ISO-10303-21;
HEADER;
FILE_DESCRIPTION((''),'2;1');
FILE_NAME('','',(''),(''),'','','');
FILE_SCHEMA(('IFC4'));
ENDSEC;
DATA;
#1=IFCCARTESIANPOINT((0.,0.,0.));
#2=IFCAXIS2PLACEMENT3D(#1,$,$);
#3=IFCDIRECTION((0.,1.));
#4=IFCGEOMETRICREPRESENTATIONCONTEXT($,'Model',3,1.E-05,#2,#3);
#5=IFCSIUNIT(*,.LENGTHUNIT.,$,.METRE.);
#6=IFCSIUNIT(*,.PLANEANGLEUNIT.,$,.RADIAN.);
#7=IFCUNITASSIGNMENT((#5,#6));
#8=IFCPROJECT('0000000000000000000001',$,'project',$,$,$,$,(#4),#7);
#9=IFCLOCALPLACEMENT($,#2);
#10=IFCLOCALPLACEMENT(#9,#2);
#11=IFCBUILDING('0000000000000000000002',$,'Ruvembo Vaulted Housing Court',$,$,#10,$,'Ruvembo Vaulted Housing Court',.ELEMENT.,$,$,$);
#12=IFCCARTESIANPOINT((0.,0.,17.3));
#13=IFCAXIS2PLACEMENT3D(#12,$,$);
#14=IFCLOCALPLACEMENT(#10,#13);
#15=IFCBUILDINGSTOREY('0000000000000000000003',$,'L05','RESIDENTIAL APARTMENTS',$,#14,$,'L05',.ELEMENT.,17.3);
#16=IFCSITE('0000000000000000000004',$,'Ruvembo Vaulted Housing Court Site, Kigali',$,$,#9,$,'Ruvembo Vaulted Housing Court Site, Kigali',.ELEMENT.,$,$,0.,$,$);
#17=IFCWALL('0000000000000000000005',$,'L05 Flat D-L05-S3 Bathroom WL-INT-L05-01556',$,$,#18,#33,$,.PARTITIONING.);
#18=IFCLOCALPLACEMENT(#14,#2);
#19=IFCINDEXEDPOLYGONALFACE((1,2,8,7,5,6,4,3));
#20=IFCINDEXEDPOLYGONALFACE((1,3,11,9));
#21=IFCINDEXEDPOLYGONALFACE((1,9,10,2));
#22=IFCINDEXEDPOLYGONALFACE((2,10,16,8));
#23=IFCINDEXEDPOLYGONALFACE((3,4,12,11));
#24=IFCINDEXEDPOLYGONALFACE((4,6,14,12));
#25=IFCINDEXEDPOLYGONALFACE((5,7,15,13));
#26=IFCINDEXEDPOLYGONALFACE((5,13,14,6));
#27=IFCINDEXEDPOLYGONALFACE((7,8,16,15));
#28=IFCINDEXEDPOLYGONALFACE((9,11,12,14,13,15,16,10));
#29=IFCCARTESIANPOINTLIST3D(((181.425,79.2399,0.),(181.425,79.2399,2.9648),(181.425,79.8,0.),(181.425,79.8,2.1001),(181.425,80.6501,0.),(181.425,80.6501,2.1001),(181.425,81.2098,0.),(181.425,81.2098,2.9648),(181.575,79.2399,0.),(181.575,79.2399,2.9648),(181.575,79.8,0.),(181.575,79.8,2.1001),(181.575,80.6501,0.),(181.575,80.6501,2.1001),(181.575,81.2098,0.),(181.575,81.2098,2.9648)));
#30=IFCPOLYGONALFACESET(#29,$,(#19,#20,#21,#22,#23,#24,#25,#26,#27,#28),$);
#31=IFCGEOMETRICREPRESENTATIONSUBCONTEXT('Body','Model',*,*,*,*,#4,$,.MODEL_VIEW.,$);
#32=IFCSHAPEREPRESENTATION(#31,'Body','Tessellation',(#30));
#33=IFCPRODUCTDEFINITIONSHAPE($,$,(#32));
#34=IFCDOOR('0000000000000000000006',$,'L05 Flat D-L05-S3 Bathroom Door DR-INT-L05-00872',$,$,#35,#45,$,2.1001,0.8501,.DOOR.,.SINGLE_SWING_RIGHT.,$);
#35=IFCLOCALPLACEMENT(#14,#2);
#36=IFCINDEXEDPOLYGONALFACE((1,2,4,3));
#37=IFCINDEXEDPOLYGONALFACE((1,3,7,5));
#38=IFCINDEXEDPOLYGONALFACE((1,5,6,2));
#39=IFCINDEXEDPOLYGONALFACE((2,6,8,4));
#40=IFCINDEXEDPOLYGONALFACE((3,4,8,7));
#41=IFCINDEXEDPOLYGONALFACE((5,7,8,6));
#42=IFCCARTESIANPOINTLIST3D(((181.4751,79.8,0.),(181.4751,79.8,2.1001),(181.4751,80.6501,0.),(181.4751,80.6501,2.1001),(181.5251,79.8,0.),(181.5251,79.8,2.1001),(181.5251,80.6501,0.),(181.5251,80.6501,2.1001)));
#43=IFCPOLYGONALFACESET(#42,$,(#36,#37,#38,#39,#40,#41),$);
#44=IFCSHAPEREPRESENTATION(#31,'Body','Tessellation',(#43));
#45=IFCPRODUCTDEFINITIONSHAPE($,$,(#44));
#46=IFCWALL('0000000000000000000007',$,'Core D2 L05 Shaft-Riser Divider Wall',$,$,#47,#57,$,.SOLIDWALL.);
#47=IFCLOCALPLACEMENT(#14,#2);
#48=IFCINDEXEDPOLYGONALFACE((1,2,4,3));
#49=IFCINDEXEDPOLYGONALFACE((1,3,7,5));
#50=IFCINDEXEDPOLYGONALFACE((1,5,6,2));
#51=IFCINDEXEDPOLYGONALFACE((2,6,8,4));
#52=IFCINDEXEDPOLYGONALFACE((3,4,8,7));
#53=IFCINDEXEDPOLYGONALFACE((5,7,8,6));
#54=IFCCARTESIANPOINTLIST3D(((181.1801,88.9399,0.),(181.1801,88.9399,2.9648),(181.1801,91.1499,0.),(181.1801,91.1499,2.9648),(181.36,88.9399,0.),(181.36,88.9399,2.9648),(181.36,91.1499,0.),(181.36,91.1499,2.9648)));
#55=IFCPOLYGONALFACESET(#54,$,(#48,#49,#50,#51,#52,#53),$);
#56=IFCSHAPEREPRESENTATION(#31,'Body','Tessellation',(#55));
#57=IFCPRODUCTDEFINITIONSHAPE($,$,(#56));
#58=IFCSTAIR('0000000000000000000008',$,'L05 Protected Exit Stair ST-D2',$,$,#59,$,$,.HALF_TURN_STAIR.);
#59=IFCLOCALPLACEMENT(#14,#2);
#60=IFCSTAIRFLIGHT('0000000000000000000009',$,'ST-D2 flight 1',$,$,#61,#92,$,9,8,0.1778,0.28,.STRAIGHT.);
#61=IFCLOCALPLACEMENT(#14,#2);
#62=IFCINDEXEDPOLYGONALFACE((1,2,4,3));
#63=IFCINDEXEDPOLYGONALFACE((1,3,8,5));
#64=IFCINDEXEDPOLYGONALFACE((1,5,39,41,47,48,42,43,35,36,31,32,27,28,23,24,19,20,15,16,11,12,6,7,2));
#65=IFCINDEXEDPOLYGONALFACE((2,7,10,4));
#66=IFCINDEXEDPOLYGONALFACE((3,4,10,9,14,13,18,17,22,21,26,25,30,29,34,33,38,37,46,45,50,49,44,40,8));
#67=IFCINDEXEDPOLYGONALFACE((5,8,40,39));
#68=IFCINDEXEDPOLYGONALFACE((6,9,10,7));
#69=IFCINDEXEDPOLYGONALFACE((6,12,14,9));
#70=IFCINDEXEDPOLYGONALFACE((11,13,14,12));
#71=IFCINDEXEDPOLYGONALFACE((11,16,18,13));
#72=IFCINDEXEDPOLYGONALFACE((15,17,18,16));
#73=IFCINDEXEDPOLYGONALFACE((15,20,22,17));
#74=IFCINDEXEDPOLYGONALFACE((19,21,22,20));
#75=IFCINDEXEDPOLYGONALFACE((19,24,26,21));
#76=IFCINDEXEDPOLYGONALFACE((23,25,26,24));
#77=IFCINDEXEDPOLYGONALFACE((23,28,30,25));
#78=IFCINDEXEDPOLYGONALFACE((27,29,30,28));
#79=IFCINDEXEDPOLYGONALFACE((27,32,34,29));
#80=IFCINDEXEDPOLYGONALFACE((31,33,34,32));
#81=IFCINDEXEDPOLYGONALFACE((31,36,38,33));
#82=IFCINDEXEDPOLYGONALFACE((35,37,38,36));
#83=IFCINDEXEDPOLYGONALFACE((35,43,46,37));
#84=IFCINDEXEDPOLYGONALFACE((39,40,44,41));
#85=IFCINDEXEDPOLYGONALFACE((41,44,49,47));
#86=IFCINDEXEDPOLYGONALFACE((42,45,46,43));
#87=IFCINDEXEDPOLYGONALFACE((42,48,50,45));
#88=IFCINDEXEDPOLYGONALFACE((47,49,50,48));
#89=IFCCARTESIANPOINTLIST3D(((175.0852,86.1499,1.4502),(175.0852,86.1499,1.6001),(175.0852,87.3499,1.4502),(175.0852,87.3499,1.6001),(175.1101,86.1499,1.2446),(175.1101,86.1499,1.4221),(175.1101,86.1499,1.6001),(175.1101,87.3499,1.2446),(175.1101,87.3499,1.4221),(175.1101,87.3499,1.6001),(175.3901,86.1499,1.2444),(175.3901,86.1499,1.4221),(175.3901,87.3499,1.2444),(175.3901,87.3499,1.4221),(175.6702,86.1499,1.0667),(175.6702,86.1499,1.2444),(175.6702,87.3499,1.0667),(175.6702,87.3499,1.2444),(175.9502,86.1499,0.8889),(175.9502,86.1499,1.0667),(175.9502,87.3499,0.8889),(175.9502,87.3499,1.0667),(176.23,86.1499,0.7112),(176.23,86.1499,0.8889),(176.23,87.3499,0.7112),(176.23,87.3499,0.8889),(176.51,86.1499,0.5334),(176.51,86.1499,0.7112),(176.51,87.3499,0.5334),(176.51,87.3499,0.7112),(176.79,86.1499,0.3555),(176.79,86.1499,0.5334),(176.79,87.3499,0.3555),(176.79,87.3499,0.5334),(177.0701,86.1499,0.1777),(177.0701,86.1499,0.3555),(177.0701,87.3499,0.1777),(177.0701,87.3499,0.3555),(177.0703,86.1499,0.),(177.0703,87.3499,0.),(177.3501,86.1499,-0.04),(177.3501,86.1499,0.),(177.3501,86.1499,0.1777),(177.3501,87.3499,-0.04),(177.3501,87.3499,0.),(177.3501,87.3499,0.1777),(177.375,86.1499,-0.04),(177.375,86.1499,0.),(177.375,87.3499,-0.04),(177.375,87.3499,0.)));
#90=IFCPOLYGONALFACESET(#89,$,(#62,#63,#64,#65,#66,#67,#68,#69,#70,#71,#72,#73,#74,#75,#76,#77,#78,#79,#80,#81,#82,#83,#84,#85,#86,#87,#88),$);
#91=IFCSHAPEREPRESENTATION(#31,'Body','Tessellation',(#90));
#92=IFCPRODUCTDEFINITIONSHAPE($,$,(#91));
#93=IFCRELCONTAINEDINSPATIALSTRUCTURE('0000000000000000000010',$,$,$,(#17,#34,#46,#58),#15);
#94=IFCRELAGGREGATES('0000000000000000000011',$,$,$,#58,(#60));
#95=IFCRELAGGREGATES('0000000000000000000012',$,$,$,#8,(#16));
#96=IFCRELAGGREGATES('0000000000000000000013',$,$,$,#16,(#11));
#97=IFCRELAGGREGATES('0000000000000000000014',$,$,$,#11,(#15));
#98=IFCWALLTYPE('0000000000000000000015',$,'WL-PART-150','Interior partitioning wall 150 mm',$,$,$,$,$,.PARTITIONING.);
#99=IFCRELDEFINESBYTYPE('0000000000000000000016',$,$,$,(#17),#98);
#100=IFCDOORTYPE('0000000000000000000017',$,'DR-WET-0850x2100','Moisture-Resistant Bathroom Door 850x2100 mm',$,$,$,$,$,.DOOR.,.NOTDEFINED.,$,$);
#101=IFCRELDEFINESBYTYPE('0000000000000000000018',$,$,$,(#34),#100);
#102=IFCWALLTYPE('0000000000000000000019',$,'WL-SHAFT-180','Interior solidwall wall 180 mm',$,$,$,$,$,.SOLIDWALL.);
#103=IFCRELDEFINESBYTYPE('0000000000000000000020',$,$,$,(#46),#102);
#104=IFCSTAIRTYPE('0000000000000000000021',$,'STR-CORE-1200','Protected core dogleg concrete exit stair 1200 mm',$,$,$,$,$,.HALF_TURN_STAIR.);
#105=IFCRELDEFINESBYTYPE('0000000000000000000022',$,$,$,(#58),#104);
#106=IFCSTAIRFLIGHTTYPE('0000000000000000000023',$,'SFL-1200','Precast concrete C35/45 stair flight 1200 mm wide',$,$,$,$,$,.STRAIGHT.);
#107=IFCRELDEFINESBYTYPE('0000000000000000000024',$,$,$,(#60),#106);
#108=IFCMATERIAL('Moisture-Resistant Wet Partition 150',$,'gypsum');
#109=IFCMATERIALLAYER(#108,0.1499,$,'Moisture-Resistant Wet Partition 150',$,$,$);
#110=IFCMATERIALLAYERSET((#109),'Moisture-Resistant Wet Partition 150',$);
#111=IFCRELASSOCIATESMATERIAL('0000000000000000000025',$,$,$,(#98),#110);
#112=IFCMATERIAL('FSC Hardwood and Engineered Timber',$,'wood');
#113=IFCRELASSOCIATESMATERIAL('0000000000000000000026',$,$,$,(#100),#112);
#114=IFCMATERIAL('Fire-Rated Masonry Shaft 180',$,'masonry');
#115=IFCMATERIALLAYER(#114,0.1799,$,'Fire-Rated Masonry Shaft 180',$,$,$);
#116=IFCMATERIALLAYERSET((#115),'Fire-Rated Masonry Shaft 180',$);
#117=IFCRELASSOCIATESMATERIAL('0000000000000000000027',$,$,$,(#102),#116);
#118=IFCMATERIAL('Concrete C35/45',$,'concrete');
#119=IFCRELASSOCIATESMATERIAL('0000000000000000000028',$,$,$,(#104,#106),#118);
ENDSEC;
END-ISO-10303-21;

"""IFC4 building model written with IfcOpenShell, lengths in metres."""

from ifc_helpers import new_model, si_unit, direction, frame, frame_2d, origin, place, context, subcontext, project, spatial, polyline, rectangle, outline, extrude, material, layer, layer_set, type_object, element, fill, aggregate, save


model = new_model("IFC4")

# Units and contexts
model_context = context("Model", 3, precision=1e-05, world=origin(), true_north=direction((0.0, 1.0)))
body_context = subcontext(model_context, "Body", "Model", "MODEL_VIEW")
ifc_project = project(units=[si_unit("LENGTHUNIT", "METRE"), si_unit("PLANEANGLEUNIT", "RADIAN")], contexts=[model_context])

# Site, building, storey
site_placement = place(None, origin())
site = spatial("IfcSite", under=ifc_project, at=site_placement, Name="Ruvembo Vaulted Housing Court Site, Kigali", LongName="Ruvembo Vaulted Housing Court Site, Kigali", CompositionType="ELEMENT", RefElevation=0.0)
building_placement = place(site_placement, origin())
building = spatial("IfcBuilding", under=site, at=building_placement, Name="Ruvembo Vaulted Housing Court", LongName="Ruvembo Vaulted Housing Court", CompositionType="ELEMENT")
storey_placement = place(building_placement, frame((0.0, 0.0, 17.3)))
storey = spatial("IfcBuildingStorey", under=building, at=storey_placement, Name="L05", Description="RESIDENTIAL APARTMENTS", LongName="L05", CompositionType="ELEMENT", Elevation=17.3)

# Shared definitions
ifc_material_1 = material(Name="Concrete C35/45", Category="concrete")

# Shared definitions
ifc_material_2 = material(Name="FSC Hardwood and Engineered Timber", Category="wood")

# Wall, opening, door
ifc_material_3 = material(Name="Moisture-Resistant Wet Partition 150", Category="gypsum")
ifc_layer_1 = layer(ifc_material_3, 0.1499, Name="Moisture-Resistant Wet Partition 150")
ifc_layer_set_1 = layer_set([ifc_layer_1], Name="Moisture-Resistant Wet Partition 150")
wall_type_1 = type_object("IfcWallType", Name="WL-PART-150", Description="Interior partitioning wall 150 mm", PredefinedType="PARTITIONING", material=ifc_layer_set_1)
wall_1_placement = place(storey_placement, frame((181.5, 79.24, 0.0), z_axis=(0.0, 0.0, 1.0), x_axis=(0.0, 1.0, 0.0)))
wall_1 = element("IfcWall", 1, at=wall_1_placement, inside=storey, type_object=wall_type_1, Name="L05 Flat D-L05-S3 Bathroom WL-INT-L05-01556", PredefinedType="PARTITIONING", context=body_context, shape_type="SweptSolid", body=[
    extrude(rectangle(XDim=1.97, YDim=0.1499, at=frame_2d((0.9849, 0.0))), origin(), (0.0, 0.0, 1.0), 2.9648),
])
opening_1_placement = place(wall_1_placement, frame((0.5601, 0.0, 0.0)))
opening_1 = element("IfcOpeningElement", 2, at=opening_1_placement, cuts=wall_1, PredefinedType="OPENING", context=body_context, shape_type="SweptSolid", body=[
    extrude(rectangle(XDim=0.8501, YDim=2.1001, at=frame_2d((0.425, 1.05))), frame((0.0, 0.085, 0.0), z_axis=(0.0, -1.0, 0.0), x_axis=(1.0, 0.0, 0.0)), (0.0, 0.0, 1.0), 0.1699),
])
door_type_1 = type_object("IfcDoorType", Name="DR-WET-0850x2100", Description="Moisture-Resistant Bathroom Door 850x2100 mm", OperationType="NOTDEFINED", PredefinedType="DOOR", material=ifc_material_2)
door_1_placement = place(opening_1_placement, origin())
door_1 = element("IfcDoor", 3, at=door_1_placement, inside=storey, type_object=door_type_1, Name="L05 Flat D-L05-S3 Bathroom Door DR-INT-L05-00872", OperationType="SINGLE_SWING_RIGHT", OverallHeight=2.1001, OverallWidth=0.8501, PredefinedType="DOOR", context=body_context, shape_type="SweptSolid", body=[
    extrude(rectangle(XDim=0.8501, YDim=2.1001, at=frame_2d((0.425, 1.05))), frame((0.0, 0.0249, 0.0), z_axis=(0.0, -1.0, 0.0), x_axis=(1.0, 0.0, 0.0)), (0.0, 0.0, 1.0), 0.05),
])
fill(opening_1, door_1)

# Shared definitions
ifc_material_4 = material(Name="Fire-Rated Masonry Shaft 180", Category="masonry")
ifc_layer_2 = layer(ifc_material_4, 0.1799, Name="Fire-Rated Masonry Shaft 180")
ifc_layer_set_2 = layer_set([ifc_layer_2], Name="Fire-Rated Masonry Shaft 180")
wall_type_2 = type_object("IfcWallType", Name="WL-SHAFT-180", Description="Interior solidwall wall 180 mm", PredefinedType="SOLIDWALL", material=ifc_layer_set_2)

# Wall
wall_2_placement = place(storey_placement, frame((181.27, 88.9399, 0.0), z_axis=(0.0, 0.0, 1.0), x_axis=(0.0, 1.0, 0.0)))
element("IfcWall", 4, at=wall_2_placement, inside=storey, type_object=wall_type_2, Name="Core D2 L05 Shaft-Riser Divider Wall", PredefinedType="SOLIDWALL", context=body_context, shape_type="SweptSolid", body=[
    extrude(rectangle(XDim=2.21, YDim=0.1799, at=frame_2d((1.105, 0.0))), origin(), (0.0, 0.0, 1.0), 2.9648),
])

# Stair, stair flight
stair_type = type_object("IfcStairType", Name="STR-CORE-1200", Description="Protected core dogleg concrete exit stair 1200 mm", PredefinedType="HALF_TURN_STAIR", material=ifc_material_1)
stair_placement = place(storey_placement, origin())
stair = element("IfcStair", 5, at=stair_placement, inside=storey, type_object=stair_type, Name="L05 Protected Exit Stair ST-D2", PredefinedType="HALF_TURN_STAIR")
stair_flight_type = type_object("IfcStairFlightType", Name="SFL-1200", Description="Precast concrete C35/45 stair flight 1200 mm wide", PredefinedType="STRAIGHT", material=ifc_material_1)
stair_flight_placement = place(storey_placement, frame((177.3501, 86.75, 0.0), z_axis=(0.0, 0.0, 1.0), x_axis=(-1.0, 0.0, 0.0)))
stair_flight = element("IfcStairFlight", 6, at=stair_flight_placement, type_object=stair_flight_type, Name="ST-D2 flight 1", NumberOfRisers=9, NumberOfTreads=8, PredefinedType="STRAIGHT", RiserHeight=0.1778, TreadLength=0.28, context=body_context, shape_type="SweptSolid", body=[
    extrude(outline(polyline([(-0.0249, -0.04), (-0.0249, 0.0), (0.0, 0.0), (0.0, 0.1777), (0.28, 0.1777), (0.28, 0.3555), (0.5601, 0.3555), (0.5601, 0.5334), (0.8401, 0.5334), (0.8401, 0.7112), (1.1201, 0.7112), (1.1201, 0.8889), (1.3999, 0.8889), (1.3999, 1.0667), (1.6799, 1.0667), (1.6799, 1.2444), (1.96, 1.2444), (1.96, 1.4221), (2.24, 1.4221), (2.24, 1.6001), (2.2649, 1.6001), (2.2649, 1.4502), (2.24, 1.2446), (0.2798, 0.0), (0.0, -0.04), (-0.0249, -0.04)])), frame((0.0, 0.6001, 0.0), z_axis=(0.0, -1.0, 0.0), x_axis=(1.0, 0.0, 0.0)), (0.0, 0.0, 1.0), 1.2),
])
aggregate(stair, [stair_flight])

save(model, "model.ifc")
